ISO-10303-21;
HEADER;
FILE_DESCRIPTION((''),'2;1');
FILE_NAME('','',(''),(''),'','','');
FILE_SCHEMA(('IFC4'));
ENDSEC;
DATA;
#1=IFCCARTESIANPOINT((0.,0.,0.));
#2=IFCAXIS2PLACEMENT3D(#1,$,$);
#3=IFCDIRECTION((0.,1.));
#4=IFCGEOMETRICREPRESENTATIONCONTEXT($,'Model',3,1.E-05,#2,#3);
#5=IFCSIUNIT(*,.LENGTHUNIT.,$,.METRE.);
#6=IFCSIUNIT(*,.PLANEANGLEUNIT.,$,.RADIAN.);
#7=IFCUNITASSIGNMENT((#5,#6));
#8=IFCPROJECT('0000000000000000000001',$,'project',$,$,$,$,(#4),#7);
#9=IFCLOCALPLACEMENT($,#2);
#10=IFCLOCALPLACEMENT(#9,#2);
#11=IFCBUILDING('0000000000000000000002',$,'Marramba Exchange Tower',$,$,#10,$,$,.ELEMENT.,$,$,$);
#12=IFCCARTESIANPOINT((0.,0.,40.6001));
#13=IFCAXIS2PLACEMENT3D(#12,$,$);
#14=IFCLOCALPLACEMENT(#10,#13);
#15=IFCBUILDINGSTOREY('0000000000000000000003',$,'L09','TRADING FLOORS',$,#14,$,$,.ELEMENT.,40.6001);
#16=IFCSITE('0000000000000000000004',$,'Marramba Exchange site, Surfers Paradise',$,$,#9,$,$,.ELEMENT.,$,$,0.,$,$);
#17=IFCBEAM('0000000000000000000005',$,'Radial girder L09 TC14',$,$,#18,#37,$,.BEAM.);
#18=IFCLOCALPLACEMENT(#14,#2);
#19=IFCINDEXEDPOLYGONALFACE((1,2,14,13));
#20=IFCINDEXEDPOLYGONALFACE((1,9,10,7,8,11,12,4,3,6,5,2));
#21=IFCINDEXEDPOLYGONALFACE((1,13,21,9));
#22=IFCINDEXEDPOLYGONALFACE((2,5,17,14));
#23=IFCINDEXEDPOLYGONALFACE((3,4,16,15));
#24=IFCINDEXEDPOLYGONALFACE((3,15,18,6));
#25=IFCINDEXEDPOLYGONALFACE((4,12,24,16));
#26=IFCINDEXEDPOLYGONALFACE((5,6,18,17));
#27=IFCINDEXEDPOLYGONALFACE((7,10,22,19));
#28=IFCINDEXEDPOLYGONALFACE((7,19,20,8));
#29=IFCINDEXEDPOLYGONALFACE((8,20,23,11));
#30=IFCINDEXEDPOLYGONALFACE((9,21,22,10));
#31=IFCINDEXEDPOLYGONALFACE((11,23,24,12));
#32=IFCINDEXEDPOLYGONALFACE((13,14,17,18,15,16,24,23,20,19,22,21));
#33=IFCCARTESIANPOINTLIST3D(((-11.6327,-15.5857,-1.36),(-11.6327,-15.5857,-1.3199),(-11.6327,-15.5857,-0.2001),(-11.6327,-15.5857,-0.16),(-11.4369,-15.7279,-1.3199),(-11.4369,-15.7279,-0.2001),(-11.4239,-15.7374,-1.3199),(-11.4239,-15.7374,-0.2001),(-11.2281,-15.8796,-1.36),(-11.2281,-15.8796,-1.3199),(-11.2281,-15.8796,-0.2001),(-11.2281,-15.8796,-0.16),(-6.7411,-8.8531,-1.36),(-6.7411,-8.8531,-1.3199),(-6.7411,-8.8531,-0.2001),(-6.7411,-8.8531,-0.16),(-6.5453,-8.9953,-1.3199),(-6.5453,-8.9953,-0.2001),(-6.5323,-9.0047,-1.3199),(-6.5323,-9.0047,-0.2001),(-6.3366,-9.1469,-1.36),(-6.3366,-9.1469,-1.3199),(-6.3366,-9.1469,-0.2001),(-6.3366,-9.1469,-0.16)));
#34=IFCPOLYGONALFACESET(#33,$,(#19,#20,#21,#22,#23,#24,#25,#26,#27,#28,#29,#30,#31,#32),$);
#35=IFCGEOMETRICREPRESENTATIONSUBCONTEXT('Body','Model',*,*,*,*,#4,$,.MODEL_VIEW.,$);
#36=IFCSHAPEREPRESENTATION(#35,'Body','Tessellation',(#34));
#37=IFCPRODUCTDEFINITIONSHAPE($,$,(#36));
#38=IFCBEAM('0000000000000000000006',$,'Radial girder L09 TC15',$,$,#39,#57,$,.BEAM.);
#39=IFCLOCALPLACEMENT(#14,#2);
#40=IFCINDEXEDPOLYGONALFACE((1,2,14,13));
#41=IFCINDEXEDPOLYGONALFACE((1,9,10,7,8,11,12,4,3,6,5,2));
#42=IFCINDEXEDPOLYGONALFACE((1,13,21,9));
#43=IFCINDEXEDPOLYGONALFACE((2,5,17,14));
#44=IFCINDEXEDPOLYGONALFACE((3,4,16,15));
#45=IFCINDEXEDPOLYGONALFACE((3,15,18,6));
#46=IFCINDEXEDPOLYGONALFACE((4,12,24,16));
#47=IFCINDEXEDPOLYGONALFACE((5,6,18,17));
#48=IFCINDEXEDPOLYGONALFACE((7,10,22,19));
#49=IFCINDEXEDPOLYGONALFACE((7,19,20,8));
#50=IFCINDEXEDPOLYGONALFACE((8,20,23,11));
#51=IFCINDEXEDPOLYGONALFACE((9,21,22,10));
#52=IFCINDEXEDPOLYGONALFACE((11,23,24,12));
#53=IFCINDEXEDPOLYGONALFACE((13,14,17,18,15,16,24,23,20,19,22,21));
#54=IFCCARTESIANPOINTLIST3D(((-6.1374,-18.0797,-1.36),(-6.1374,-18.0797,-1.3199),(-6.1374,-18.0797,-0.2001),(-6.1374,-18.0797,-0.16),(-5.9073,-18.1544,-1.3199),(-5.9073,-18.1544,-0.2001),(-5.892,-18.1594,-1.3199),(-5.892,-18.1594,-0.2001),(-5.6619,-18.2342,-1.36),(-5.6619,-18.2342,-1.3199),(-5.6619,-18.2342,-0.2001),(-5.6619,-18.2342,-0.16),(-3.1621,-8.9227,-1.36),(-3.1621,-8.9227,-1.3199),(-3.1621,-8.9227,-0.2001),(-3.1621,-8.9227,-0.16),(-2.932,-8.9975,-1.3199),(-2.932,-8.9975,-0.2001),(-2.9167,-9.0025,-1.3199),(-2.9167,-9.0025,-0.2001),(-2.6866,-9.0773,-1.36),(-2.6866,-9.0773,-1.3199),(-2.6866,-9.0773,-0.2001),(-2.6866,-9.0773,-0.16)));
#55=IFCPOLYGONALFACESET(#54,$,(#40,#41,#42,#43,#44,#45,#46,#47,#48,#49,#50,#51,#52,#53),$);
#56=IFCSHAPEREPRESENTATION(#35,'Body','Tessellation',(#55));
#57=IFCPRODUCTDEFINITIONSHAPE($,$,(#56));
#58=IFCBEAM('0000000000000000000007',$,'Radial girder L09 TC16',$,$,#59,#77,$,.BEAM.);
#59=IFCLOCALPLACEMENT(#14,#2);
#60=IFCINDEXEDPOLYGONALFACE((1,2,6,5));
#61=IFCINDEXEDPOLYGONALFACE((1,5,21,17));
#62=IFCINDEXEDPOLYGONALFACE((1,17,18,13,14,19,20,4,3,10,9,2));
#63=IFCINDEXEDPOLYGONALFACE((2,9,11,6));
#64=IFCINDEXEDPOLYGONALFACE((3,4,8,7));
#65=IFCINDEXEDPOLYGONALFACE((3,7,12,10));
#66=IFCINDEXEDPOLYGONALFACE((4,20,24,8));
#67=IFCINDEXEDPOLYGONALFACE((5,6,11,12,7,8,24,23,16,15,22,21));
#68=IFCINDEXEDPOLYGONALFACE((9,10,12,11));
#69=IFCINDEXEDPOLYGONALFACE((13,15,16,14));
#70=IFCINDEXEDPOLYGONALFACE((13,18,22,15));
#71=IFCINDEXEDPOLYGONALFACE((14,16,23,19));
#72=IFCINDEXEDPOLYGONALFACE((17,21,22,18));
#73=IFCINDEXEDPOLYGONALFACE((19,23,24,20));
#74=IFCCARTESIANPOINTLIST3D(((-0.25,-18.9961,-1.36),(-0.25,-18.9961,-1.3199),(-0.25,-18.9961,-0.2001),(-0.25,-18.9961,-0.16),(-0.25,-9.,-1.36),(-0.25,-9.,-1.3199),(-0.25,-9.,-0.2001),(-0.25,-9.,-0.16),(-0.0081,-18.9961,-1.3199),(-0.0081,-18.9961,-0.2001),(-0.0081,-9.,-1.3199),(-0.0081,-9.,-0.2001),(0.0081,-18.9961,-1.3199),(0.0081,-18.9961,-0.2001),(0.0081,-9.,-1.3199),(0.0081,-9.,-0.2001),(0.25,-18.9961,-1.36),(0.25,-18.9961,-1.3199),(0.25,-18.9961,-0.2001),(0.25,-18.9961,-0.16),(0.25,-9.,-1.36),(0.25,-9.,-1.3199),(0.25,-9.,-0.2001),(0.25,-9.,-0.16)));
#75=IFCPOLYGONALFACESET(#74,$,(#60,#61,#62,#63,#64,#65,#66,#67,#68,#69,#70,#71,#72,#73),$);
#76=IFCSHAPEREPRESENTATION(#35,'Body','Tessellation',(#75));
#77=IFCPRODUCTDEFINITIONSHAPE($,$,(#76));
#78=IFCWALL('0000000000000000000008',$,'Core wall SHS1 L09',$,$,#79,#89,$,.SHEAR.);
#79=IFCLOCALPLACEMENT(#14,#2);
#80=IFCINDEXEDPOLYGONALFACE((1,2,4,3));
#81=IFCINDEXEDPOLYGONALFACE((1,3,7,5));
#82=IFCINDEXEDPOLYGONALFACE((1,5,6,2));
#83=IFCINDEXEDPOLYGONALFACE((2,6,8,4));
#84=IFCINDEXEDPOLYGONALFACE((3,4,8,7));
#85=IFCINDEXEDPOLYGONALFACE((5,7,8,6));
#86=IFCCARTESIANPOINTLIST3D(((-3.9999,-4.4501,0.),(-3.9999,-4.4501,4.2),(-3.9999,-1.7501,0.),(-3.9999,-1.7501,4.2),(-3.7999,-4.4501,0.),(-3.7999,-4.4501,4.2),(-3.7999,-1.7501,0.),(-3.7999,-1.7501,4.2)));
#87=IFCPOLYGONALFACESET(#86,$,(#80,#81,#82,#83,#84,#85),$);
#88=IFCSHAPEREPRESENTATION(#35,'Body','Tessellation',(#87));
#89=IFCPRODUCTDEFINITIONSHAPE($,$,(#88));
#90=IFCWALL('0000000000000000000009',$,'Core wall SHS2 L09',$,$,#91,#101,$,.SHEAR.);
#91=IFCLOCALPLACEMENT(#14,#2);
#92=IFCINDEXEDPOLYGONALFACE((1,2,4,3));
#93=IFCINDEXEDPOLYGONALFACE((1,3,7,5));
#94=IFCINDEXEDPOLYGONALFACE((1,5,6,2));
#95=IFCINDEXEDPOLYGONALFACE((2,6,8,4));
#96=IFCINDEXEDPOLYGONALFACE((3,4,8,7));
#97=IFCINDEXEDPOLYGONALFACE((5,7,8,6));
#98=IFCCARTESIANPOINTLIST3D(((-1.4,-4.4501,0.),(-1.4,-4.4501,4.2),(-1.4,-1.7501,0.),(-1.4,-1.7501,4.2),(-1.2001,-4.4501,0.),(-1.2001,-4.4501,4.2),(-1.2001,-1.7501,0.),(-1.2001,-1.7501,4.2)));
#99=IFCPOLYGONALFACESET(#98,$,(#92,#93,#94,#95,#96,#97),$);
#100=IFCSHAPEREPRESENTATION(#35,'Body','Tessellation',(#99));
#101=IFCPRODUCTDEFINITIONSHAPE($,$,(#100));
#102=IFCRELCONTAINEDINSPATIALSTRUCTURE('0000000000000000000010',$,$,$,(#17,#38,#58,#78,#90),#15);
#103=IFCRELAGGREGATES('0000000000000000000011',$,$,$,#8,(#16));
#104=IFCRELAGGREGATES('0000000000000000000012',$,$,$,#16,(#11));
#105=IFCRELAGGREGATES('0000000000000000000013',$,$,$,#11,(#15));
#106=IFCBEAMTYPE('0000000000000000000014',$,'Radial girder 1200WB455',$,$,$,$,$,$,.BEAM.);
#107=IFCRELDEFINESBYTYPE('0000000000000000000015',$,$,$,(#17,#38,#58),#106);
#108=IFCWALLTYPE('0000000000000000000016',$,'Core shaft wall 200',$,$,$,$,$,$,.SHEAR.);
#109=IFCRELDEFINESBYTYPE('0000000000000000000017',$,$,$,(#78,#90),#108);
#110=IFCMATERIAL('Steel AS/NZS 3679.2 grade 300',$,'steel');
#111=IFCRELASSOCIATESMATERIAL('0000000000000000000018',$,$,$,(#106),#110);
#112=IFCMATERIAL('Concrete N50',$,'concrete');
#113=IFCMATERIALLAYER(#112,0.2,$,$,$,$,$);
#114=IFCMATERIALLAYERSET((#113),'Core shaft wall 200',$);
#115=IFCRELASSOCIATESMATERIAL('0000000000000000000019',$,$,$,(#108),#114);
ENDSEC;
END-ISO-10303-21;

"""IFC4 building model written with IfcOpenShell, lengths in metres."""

from ifc_helpers import new_model, si_unit, direction, frame, frame_2d, origin, origin_2d, place, context, subcontext, project, spatial, rectangle, i_section, extrude, material, layer, layer_set, material_profile, profile_set, type_object, element, save


model = new_model("IFC4")

# Units and contexts
model_context = context("Model", 3, precision=1e-05, world=origin(), true_north=direction((0.0, 1.0)))
body_context = subcontext(model_context, "Body", "Model", "MODEL_VIEW")
ifc_project = project(units=[si_unit("LENGTHUNIT", "METRE"), si_unit("PLANEANGLEUNIT", "RADIAN")], contexts=[model_context])

# Site, building, storey
site_placement = place(None, origin())
site = spatial("IfcSite", under=ifc_project, at=site_placement, Name="Marramba Exchange site, Surfers Paradise", CompositionType="ELEMENT", RefElevation=0.0)
building_placement = place(site_placement, origin())
building = spatial("IfcBuilding", under=site, at=building_placement, Name="Marramba Exchange Tower", CompositionType="ELEMENT")
storey_placement = place(building_placement, frame((0.0, 0.0, 40.6001)))
storey = spatial("IfcBuildingStorey", under=building, at=storey_placement, Name="L09", Description="TRADING FLOORS", CompositionType="ELEMENT", Elevation=40.6001)

# Beams
ifc_material_1 = material(Name="Steel AS/NZS 3679.2 grade 300", Category="steel")
ifc_material_profile = material_profile(ifc_material_1, i_section(OverallWidth=0.5, OverallDepth=1.2, WebThickness=0.0161, FlangeThickness=0.04, at=origin_2d()), Name="1200WB455")
ifc_profile_set = profile_set([ifc_material_profile], Name="Steel AS/NZS 3679.2 grade 300")
beam_type = type_object("IfcBeamType", Name="Radial girder 1200WB455", PredefinedType="BEAM", material=ifc_profile_set)
beam_1_placement = place(storey_placement, frame((-6.5388, -9.0, -0.76), z_axis=(-0.587788, -0.809015, 0.0), x_axis=(0.809015, -0.587788, 0.0)))
element("IfcBeam", 1, at=beam_1_placement, inside=storey, type_object=beam_type, Name="Radial girder L09 TC14", PredefinedType="BEAM", context=body_context, shape_type="SweptSolid", body=[
    extrude(i_section(OverallWidth=0.5, OverallDepth=1.2, WebThickness=0.0161, FlangeThickness=0.04, at=origin_2d()), origin(), (0.0, 0.0, 1.0), 8.322),
])
beam_2_placement = place(storey_placement, frame((-2.9243, -9.0, -0.76), z_axis=(-0.309022, -0.951055, 0.0), x_axis=(0.951055, -0.309022, 0.0)))
element("IfcBeam", 2, at=beam_2_placement, inside=storey, type_object=beam_type, Name="Radial girder L09 TC15", PredefinedType="BEAM", context=body_context, shape_type="SweptSolid", body=[
    extrude(i_section(OverallWidth=0.5, OverallDepth=1.2, WebThickness=0.0161, FlangeThickness=0.04, at=origin_2d()), origin(), (0.0, 0.0, 1.0), 9.6282),
])
beam_3_placement = place(storey_placement, frame((0.0, -9.0, -0.76), z_axis=(0.0, -1.0, 0.0), x_axis=(1.0, 0.0, 0.0)))
element("IfcBeam", 3, at=beam_3_placement, inside=storey, type_object=beam_type, Name="Radial girder L09 TC16", PredefinedType="BEAM", context=body_context, shape_type="SweptSolid", body=[
    extrude(i_section(OverallWidth=0.5, OverallDepth=1.2, WebThickness=0.0161, FlangeThickness=0.04, at=origin_2d()), origin(), (0.0, 0.0, 1.0), 9.9961),
])

# Walls
ifc_material_2 = material(Name="Concrete N50", Category="concrete")
ifc_layer_1 = layer(ifc_material_2, 0.2)
ifc_layer_set_1 = layer_set([ifc_layer_1], Name="Core shaft wall 200")
wall_type_1 = type_object("IfcWallType", Name="Core shaft wall 200", PredefinedType="SHEAR", material=ifc_layer_set_1)
for number, where, z_axis, x_axis, name in (
    (4, (-3.8999, -1.75, 0.0), (0.0, 0.0, 1.0), (0.0, -1.0, 0.0), "Core wall SHS1 L09"),
    (5, (-1.3, -1.75, 0.0), (0.0, 0.0, 1.0), (0.0, -1.0, 0.0), "Core wall SHS2 L09"),
):
    element("IfcWall", number, at=place(storey_placement, frame(where, z_axis=z_axis, x_axis=x_axis)), inside=storey, type_object=wall_type_1, Name=name, PredefinedType="SHEAR", context=body_context, shape_type="SweptSolid", body=[
        extrude(rectangle(XDim=2.7, YDim=0.2, at=frame_2d((1.3501, 0.0))), origin(), (0.0, 0.0, 1.0), 4.2),
    ])

save(model, "model.ifc")
